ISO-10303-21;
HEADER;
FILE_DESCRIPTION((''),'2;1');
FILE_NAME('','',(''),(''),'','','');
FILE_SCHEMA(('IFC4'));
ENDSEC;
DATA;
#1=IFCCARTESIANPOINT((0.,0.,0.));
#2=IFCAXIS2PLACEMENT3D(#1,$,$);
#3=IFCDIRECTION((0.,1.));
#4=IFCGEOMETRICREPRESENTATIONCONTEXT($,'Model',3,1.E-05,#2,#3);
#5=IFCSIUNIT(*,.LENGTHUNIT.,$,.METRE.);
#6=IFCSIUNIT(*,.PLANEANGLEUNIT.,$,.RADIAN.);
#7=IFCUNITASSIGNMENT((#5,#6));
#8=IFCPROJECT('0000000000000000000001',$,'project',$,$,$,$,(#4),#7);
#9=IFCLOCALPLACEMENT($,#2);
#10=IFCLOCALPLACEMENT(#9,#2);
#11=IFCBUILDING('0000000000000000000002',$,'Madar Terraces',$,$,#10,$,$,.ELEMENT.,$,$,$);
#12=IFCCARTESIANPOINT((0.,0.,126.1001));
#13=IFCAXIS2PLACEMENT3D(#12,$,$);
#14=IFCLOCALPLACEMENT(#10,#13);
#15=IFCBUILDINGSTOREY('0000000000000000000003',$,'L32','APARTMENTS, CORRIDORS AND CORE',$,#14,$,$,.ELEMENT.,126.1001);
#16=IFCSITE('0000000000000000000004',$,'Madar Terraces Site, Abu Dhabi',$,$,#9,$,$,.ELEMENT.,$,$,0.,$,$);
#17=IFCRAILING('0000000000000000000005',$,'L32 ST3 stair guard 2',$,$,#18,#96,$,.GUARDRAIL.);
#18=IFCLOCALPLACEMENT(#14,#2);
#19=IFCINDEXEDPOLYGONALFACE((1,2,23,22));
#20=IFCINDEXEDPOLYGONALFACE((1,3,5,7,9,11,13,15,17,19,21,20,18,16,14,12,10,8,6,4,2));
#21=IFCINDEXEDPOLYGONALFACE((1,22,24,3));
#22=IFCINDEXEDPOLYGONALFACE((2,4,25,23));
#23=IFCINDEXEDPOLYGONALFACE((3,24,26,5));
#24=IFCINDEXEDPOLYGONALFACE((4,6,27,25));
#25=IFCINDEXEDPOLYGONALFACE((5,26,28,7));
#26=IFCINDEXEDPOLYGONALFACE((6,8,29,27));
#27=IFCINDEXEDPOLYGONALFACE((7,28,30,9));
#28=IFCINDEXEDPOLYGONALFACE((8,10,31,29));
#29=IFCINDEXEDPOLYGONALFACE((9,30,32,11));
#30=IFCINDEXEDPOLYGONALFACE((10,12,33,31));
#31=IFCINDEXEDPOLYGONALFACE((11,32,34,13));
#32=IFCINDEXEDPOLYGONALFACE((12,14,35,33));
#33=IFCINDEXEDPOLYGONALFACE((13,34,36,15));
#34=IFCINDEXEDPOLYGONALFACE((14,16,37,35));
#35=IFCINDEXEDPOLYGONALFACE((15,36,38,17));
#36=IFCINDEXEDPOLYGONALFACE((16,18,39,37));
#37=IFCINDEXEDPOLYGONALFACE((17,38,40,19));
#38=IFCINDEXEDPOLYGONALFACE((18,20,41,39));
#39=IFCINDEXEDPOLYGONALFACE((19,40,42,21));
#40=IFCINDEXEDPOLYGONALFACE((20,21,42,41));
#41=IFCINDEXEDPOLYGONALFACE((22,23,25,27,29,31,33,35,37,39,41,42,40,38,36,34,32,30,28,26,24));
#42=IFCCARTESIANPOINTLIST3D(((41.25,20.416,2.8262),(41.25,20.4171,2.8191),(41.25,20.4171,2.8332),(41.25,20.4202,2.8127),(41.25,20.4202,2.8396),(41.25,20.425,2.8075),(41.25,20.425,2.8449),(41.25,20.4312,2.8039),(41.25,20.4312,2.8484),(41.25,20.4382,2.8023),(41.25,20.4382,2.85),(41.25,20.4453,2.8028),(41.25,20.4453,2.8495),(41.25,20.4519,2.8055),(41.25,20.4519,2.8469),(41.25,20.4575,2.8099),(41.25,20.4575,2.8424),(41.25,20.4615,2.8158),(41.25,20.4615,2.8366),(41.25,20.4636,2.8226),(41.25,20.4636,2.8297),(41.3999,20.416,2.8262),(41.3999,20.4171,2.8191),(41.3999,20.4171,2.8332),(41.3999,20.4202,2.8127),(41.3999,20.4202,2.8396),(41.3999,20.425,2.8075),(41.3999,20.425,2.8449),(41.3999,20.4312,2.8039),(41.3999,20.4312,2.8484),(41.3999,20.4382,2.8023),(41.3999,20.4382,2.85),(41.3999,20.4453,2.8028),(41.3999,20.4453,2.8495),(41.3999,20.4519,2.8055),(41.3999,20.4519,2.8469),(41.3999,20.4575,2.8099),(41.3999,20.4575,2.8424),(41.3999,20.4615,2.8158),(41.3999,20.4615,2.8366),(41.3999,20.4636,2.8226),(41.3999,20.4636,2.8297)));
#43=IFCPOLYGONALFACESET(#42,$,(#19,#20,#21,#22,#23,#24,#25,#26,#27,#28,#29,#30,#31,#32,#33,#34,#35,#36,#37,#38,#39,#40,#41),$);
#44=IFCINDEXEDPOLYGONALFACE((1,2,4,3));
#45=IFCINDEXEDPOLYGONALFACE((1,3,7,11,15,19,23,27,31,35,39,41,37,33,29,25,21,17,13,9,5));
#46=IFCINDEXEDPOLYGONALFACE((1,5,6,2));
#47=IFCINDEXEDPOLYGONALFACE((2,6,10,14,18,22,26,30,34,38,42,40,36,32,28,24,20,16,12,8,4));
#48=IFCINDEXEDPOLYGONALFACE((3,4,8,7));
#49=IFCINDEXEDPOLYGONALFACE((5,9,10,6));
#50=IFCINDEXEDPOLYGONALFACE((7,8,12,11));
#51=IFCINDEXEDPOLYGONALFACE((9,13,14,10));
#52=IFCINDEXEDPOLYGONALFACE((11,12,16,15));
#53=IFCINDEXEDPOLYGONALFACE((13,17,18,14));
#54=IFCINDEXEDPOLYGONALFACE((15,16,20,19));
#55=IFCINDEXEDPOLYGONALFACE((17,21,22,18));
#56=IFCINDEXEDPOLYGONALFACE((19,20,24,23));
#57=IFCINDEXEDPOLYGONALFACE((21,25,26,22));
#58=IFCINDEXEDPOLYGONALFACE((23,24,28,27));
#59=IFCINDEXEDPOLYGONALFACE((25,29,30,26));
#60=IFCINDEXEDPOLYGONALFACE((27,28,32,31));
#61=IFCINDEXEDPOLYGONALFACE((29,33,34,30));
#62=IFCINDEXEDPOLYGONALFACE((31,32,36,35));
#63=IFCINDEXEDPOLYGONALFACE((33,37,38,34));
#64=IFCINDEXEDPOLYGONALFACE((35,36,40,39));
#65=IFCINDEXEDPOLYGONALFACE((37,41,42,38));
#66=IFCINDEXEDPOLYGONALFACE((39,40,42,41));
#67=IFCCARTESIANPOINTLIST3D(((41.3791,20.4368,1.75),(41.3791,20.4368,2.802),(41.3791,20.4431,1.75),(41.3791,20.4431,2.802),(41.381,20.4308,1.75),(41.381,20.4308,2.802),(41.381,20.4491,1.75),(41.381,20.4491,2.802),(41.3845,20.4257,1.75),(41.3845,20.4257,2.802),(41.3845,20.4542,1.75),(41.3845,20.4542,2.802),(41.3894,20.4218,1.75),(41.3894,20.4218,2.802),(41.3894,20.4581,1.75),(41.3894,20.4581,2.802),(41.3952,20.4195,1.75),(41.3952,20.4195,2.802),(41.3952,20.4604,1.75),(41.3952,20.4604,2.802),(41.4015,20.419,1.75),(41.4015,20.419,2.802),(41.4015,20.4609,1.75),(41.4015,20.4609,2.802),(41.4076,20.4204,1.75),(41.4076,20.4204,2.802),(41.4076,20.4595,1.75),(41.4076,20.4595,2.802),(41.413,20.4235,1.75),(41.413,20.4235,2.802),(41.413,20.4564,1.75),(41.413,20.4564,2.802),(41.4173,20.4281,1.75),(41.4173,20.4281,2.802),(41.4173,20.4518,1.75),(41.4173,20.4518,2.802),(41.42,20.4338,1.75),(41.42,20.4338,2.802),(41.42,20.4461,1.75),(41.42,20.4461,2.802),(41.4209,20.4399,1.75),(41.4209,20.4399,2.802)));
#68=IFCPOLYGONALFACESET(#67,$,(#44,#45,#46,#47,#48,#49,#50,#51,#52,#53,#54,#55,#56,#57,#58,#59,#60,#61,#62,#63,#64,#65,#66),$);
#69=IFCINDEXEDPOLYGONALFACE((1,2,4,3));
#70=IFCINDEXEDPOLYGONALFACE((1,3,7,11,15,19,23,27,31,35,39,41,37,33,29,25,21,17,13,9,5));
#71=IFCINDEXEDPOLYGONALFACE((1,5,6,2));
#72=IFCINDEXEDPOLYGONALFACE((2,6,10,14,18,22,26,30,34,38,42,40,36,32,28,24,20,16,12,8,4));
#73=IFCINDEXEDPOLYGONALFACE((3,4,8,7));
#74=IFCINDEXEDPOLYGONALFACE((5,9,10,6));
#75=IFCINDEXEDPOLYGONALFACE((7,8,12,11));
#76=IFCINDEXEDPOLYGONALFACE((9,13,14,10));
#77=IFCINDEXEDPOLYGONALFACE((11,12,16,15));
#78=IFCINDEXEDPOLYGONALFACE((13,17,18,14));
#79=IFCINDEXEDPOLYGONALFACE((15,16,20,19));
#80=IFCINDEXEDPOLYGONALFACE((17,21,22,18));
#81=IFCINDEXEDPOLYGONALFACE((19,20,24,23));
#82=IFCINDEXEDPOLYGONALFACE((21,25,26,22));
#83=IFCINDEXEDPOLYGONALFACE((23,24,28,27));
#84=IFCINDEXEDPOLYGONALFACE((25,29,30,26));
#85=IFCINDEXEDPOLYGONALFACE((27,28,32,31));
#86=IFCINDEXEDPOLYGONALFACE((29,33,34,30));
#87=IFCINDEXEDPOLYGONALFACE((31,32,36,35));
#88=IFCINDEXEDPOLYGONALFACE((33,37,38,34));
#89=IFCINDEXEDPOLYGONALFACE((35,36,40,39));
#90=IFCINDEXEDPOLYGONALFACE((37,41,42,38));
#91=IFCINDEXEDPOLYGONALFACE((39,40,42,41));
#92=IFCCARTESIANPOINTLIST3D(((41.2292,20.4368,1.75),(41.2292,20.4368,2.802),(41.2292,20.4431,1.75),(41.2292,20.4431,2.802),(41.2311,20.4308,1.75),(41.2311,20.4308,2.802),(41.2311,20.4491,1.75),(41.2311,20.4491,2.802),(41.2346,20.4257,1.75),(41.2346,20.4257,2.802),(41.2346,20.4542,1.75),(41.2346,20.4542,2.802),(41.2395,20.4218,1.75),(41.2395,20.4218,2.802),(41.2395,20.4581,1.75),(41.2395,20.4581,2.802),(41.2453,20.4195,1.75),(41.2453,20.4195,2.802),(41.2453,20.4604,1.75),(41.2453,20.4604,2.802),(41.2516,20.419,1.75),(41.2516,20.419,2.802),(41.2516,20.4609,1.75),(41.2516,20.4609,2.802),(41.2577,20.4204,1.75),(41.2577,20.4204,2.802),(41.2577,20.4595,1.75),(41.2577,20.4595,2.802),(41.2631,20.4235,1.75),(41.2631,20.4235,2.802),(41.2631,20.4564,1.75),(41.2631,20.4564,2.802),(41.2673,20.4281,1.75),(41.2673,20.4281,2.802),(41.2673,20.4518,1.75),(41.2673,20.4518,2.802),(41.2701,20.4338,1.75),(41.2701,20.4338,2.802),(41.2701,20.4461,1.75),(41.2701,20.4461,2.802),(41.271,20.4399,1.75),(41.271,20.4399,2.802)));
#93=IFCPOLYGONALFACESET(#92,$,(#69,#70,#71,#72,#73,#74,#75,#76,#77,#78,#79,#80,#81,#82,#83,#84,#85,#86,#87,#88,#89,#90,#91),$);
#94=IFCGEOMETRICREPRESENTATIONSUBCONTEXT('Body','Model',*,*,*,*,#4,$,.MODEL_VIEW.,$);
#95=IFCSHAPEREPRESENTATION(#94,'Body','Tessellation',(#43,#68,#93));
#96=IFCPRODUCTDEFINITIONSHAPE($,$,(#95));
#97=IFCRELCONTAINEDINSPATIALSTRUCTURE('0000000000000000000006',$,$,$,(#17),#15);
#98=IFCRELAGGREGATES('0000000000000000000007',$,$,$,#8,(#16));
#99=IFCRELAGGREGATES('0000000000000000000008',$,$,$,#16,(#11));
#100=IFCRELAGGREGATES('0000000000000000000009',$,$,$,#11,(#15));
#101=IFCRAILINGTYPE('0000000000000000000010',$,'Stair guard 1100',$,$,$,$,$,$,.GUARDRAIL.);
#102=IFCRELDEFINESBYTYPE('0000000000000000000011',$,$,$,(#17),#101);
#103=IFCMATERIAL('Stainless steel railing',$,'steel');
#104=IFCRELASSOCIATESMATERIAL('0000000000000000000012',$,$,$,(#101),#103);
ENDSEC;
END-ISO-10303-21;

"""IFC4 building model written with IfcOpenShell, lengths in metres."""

from ifc_helpers import new_model, si_unit, direction, frame, origin, origin_2d, place, context, subcontext, project, spatial, circle, extrude, material, type_object, element, save


model = new_model("IFC4")

# Units and contexts
model_context = context("Model", 3, precision=1e-05, world=origin(), true_north=direction((0.0, 1.0)))
body_context = subcontext(model_context, "Body", "Model", "MODEL_VIEW")
ifc_project = project(units=[si_unit("LENGTHUNIT", "METRE"), si_unit("PLANEANGLEUNIT", "RADIAN")], contexts=[model_context])

# Site, building, storey
site_placement = place(None, origin())
site = spatial("IfcSite", under=ifc_project, at=site_placement, Name="Madar Terraces Site, Abu Dhabi", CompositionType="ELEMENT", RefElevation=0.0)
building_placement = place(site_placement, origin())
building = spatial("IfcBuilding", under=site, at=building_placement, Name="Madar Terraces", CompositionType="ELEMENT")
storey_placement = place(building_placement, frame((0.0, 0.0, 126.1001)))
storey = spatial("IfcBuildingStorey", under=building, at=storey_placement, Name="L32", Description="APARTMENTS, CORRIDORS AND CORE", CompositionType="ELEMENT", Elevation=126.1001)

# Railing
ifc_material_1 = material(Name="Stainless steel railing", Category="steel")
railing_type_1 = type_object("IfcRailingType", Name="Stair guard 1100", PredefinedType="GUARDRAIL", material=ifc_material_1)
railing_1_placement = place(storey_placement, frame((41.3999, 20.4399, 1.75)))
element("IfcRailing", 1, at=railing_1_placement, inside=storey, type_object=railing_type_1, Name="L32 ST3 stair guard 2", PredefinedType="GUARDRAIL", context=body_context, shape_type="SweptSolid", body=[
    extrude(circle(Radius=0.0239, at=origin_2d()), frame((0.0, 0.0, 1.0762), z_axis=(-1.0, 0.0, 0.0), x_axis=(0.0, -1.0, 0.0)), (0.0, 0.0, 1.0), 0.1499),
    extrude(circle(Radius=0.021, at=origin_2d()), origin(), (0.0, 0.0, 1.0), 1.052),
    extrude(circle(Radius=0.021, at=origin_2d()), frame((-0.1499, 0.0, 0.0)), (0.0, 0.0, 1.0), 1.052),
])

save(model, "model.ifc")
